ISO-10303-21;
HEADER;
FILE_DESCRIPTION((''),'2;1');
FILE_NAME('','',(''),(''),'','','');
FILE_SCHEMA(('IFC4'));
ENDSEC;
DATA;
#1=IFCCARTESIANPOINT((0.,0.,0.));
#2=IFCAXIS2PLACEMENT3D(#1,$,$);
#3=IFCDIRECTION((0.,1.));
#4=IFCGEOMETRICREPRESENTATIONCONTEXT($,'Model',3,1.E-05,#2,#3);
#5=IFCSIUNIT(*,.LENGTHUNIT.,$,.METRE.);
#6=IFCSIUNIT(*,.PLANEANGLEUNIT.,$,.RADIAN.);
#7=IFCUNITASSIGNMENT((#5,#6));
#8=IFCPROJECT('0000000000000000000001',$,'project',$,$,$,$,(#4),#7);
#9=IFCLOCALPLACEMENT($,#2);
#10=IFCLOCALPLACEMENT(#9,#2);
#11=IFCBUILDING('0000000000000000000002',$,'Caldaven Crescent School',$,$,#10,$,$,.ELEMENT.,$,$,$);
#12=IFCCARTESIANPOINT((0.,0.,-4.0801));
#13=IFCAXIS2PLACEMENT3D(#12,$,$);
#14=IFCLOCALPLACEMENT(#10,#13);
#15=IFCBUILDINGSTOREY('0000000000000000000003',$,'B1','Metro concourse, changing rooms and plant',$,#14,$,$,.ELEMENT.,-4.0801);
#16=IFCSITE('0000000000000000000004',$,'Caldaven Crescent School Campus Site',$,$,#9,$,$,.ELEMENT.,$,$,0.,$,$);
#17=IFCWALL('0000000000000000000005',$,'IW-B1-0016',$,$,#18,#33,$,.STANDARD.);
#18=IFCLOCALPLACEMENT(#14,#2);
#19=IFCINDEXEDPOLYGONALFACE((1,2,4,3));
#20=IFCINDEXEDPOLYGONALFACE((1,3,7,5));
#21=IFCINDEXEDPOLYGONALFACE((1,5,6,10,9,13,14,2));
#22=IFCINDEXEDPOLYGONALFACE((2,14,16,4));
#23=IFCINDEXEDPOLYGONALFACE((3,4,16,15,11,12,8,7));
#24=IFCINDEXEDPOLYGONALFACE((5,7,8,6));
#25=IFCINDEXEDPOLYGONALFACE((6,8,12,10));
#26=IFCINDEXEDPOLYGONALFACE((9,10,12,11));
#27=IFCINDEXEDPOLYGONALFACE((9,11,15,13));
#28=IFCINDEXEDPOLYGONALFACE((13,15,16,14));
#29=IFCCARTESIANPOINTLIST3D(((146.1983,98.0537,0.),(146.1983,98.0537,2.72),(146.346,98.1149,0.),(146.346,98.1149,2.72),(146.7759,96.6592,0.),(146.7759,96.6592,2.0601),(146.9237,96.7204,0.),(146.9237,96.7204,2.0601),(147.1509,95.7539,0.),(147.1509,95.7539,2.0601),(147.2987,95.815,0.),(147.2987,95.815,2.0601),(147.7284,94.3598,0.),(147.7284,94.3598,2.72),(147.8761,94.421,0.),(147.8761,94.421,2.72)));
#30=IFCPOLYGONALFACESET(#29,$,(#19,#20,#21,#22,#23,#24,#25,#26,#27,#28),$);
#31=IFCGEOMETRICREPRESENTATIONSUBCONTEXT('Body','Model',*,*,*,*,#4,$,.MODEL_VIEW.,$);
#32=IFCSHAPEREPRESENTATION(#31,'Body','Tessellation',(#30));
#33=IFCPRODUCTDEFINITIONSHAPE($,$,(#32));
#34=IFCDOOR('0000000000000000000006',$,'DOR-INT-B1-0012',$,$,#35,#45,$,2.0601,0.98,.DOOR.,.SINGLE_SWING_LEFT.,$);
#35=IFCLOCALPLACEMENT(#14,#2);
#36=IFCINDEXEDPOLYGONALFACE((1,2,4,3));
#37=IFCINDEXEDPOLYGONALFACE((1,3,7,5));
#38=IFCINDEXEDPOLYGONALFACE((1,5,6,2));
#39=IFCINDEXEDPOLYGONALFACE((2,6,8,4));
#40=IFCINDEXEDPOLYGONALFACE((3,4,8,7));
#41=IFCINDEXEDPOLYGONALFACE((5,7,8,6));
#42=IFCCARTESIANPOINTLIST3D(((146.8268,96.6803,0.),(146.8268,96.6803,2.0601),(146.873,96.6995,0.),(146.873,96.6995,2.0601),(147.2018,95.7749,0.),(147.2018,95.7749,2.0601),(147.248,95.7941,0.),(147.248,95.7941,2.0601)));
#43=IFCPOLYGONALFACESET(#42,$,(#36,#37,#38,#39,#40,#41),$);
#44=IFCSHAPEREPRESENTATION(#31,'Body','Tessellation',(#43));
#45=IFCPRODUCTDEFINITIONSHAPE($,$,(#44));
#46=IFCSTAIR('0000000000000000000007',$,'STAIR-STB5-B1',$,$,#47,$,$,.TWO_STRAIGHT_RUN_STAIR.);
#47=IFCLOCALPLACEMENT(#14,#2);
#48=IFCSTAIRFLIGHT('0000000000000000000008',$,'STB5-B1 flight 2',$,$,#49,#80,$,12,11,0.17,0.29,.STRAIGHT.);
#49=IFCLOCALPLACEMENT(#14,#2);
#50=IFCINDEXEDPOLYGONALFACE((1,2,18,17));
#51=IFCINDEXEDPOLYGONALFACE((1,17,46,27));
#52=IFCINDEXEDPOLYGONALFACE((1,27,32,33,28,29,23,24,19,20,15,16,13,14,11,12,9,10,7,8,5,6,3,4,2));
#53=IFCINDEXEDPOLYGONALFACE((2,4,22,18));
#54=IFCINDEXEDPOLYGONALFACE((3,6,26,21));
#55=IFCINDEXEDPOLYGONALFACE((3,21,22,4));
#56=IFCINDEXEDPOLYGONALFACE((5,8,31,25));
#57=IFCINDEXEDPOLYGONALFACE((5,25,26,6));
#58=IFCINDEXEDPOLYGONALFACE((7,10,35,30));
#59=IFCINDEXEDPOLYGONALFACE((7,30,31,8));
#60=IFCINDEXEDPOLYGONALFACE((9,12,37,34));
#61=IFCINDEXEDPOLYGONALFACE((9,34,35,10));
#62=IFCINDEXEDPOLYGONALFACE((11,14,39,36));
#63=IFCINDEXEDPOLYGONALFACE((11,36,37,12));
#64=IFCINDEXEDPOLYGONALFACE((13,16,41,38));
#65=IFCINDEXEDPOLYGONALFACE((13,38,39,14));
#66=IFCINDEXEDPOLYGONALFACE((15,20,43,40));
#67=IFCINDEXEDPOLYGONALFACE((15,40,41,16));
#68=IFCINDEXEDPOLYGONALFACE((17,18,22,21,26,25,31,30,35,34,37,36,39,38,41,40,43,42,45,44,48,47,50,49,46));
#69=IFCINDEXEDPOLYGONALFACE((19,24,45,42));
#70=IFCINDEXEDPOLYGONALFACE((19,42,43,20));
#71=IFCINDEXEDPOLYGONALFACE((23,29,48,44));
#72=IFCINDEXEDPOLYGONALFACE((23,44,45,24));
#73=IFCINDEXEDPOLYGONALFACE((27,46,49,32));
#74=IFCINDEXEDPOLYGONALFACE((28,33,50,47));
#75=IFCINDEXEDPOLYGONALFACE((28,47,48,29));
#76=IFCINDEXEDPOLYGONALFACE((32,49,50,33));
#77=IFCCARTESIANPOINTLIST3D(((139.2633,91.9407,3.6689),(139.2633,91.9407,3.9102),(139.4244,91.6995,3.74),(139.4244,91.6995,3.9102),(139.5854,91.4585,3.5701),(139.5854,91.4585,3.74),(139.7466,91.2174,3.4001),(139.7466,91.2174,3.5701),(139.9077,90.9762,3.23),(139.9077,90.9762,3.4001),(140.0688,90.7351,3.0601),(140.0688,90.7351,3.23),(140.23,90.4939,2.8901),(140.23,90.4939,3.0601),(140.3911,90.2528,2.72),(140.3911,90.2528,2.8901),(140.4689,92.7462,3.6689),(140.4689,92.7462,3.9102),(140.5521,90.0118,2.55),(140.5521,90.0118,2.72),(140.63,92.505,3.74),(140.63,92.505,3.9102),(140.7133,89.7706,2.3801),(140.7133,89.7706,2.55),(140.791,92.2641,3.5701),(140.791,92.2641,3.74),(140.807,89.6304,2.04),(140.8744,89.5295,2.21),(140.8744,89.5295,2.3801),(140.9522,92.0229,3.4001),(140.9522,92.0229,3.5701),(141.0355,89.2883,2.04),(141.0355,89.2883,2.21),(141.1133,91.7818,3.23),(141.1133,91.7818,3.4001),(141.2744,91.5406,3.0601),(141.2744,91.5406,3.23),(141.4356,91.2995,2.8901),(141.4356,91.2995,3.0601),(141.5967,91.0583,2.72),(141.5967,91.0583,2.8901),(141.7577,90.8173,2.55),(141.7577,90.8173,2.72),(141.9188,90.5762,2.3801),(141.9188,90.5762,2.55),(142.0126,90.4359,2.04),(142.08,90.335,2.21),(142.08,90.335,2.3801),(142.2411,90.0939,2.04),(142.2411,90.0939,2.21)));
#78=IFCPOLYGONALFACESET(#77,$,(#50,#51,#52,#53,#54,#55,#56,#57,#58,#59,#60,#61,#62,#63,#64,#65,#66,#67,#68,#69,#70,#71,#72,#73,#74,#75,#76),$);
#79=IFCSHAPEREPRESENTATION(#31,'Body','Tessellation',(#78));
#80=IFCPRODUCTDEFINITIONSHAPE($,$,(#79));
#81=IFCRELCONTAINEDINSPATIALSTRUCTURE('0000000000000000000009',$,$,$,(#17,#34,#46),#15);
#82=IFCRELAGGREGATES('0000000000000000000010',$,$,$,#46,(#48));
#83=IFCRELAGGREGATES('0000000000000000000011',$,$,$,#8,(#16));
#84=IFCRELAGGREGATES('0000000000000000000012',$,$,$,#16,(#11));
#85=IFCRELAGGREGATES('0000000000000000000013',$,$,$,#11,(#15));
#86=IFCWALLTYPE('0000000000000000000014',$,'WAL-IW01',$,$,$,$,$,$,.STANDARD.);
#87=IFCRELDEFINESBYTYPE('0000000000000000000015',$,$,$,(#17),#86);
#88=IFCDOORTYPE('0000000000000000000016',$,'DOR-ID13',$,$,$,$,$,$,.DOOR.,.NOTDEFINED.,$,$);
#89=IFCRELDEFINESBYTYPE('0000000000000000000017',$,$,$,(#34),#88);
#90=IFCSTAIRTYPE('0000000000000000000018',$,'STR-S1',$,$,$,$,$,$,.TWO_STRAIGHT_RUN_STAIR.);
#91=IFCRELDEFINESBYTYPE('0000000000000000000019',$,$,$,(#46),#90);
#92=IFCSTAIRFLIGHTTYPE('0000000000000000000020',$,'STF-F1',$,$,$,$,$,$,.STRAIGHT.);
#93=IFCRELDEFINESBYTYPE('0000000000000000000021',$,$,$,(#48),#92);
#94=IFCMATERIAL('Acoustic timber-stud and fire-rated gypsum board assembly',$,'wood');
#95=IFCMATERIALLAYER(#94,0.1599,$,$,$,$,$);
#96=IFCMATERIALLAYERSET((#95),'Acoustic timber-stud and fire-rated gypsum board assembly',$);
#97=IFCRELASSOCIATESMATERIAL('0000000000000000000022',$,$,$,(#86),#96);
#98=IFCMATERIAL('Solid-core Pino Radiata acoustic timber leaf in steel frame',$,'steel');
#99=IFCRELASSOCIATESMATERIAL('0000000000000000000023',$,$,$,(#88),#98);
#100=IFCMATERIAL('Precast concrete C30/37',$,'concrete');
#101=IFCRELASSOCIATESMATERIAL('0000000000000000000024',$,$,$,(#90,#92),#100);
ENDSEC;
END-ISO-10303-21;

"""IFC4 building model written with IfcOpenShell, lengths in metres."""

from ifc_helpers import new_model, si_unit, direction, frame, frame_2d, origin, place, context, subcontext, project, spatial, polyline, rectangle, outline, extrude, material, layer, layer_set, type_object, element, fill, aggregate, save


model = new_model("IFC4")

# Units and contexts
model_context = context("Model", 3, precision=1e-05, world=origin(), true_north=direction((0.0, 1.0)))
body_context = subcontext(model_context, "Body", "Model", "MODEL_VIEW")
ifc_project = project(units=[si_unit("LENGTHUNIT", "METRE"), si_unit("PLANEANGLEUNIT", "RADIAN")], contexts=[model_context])

# Site, building, storey
site_placement = place(None, origin())
site = spatial("IfcSite", under=ifc_project, at=site_placement, Name="Caldaven Crescent School Campus Site", CompositionType="ELEMENT", RefElevation=0.0)
building_placement = place(site_placement, origin())
building = spatial("IfcBuilding", under=site, at=building_placement, Name="Caldaven Crescent School", CompositionType="ELEMENT")
storey_placement = place(building_placement, frame((0.0, 0.0, -4.0801)))
storey = spatial("IfcBuildingStorey", under=building, at=storey_placement, Name="B1", Description="Metro concourse, changing rooms and plant", CompositionType="ELEMENT", Elevation=-4.0801)

# Wall, opening, door
ifc_material_1 = material(Name="Acoustic timber-stud and fire-rated gypsum board assembly", Category="wood")
ifc_layer_1 = layer(ifc_material_1, 0.1599)
ifc_layer_set_1 = layer_set([ifc_layer_1], Name="Acoustic timber-stud and fire-rated gypsum board assembly")
wall_type = type_object("IfcWallType", Name="WAL-IW01", PredefinedType="STANDARD", material=ifc_layer_set_1)
wall_placement = place(storey_placement, frame((146.2722, 98.0842, 0.0), z_axis=(0.0, 0.0, 1.0), x_axis=(0.382681, -0.923881, 0.0)))
wall = element("IfcWall", 1, at=wall_placement, inside=storey, type_object=wall_type, Name="IW-B1-0016", PredefinedType="STANDARD", context=body_context, shape_type="SweptSolid", body=[
    extrude(rectangle(XDim=3.9983, YDim=0.1599, at=frame_2d((1.999, 0.0))), origin(), (0.0, 0.0, 1.0), 2.72),
])
opening_placement = place(wall_placement, frame((1.5093, 0.0, 0.0)))
opening = element("IfcOpeningElement", 2, at=opening_placement, cuts=wall, PredefinedType="OPENING", context=body_context, shape_type="SweptSolid", body=[
    extrude(rectangle(XDim=0.98, YDim=2.0601, at=frame_2d((0.49, 1.03))), frame((0.0, 0.0898, 0.0), z_axis=(0.0, -1.0, 0.0), x_axis=(1.0, 0.0, 0.0)), (0.0, 0.0, 1.0), 0.1799),
])
ifc_material_2 = material(Name="Solid-core Pino Radiata acoustic timber leaf in steel frame", Category="steel")
door_type = type_object("IfcDoorType", Name="DOR-ID13", OperationType="NOTDEFINED", PredefinedType="DOOR", material=ifc_material_2)
door_placement = place(opening_placement, frame((0.98, 0.0, 0.0), z_axis=(0.0, 0.0, 1.0), x_axis=(-1.0, 0.0, 0.0)))
door = element("IfcDoor", 3, at=door_placement, inside=storey, type_object=door_type, Name="DOR-INT-B1-0012", OperationType="SINGLE_SWING_LEFT", OverallHeight=2.0601, OverallWidth=0.98, PredefinedType="DOOR", context=body_context, shape_type="SweptSolid", body=[
    extrude(rectangle(XDim=0.98, YDim=2.0601, at=frame_2d((0.49, 1.03))), frame((0.0, 0.0249, 0.0), z_axis=(0.0, -1.0, 0.0), x_axis=(1.0, 0.0, 0.0)), (0.0, 0.0, 1.0), 0.05),
])
fill(opening, door)

# Stair, stair flight
ifc_material_3 = material(Name="Precast concrete C30/37", Category="concrete")
stair_type = type_object("IfcStairType", Name="STR-S1", PredefinedType="TWO_STRAIGHT_RUN_STAIR", material=ifc_material_3)
stair_placement = place(storey_placement, origin())
stair = element("IfcStair", 4, at=stair_placement, inside=storey, type_object=stair_type, Name="STAIR-STB5-B1", PredefinedType="TWO_STRAIGHT_RUN_STAIR")
stair_flight_type = type_object("IfcStairFlightType", Name="STF-F1", PredefinedType="STRAIGHT", material=ifc_material_3)
stair_flight_placement = place(storey_placement, frame((141.6384, 89.6912, 2.04), z_axis=(0.0, 0.0, 1.0), x_axis=(-0.55557, 0.83147, 0.0)))
stair_flight = element("IfcStairFlight", 5, at=stair_flight_placement, type_object=stair_flight_type, Name="STB5-B1 flight 2", NumberOfRisers=12, NumberOfTreads=11, PredefinedType="STRAIGHT", RiserHeight=0.17, TreadLength=0.29, context=body_context, shape_type="SweptSolid", body=[
    extrude(outline(polyline([(0.0, 0.0), (0.0, 0.1699), (0.29, 0.1699), (0.29, 0.3401), (0.5801, 0.3401), (0.5801, 0.51), (0.8701, 0.51), (0.8701, 0.6799), (1.1599, 0.6799), (1.1599, 0.8501), (1.45, 0.8501), (1.45, 1.02), (1.74, 1.02), (1.74, 1.1899), (2.03, 1.1899), (2.03, 1.3601), (2.3201, 1.3601), (2.3201, 1.53), (2.6101, 1.53), (2.6101, 1.7), (2.8999, 1.7), (2.8999, 1.8701), (3.1899, 1.8701), (3.1899, 2.04), (3.1899, 1.6289), (0.4114, 0.0), (0.0, 0.0)])), frame((0.0, 0.7251, 0.0), z_axis=(0.0, -1.0, 0.0), x_axis=(1.0, 0.0, 0.0)), (0.0, 0.0, 1.0), 1.45),
])
aggregate(stair, [stair_flight])

save(model, "model.ifc")
